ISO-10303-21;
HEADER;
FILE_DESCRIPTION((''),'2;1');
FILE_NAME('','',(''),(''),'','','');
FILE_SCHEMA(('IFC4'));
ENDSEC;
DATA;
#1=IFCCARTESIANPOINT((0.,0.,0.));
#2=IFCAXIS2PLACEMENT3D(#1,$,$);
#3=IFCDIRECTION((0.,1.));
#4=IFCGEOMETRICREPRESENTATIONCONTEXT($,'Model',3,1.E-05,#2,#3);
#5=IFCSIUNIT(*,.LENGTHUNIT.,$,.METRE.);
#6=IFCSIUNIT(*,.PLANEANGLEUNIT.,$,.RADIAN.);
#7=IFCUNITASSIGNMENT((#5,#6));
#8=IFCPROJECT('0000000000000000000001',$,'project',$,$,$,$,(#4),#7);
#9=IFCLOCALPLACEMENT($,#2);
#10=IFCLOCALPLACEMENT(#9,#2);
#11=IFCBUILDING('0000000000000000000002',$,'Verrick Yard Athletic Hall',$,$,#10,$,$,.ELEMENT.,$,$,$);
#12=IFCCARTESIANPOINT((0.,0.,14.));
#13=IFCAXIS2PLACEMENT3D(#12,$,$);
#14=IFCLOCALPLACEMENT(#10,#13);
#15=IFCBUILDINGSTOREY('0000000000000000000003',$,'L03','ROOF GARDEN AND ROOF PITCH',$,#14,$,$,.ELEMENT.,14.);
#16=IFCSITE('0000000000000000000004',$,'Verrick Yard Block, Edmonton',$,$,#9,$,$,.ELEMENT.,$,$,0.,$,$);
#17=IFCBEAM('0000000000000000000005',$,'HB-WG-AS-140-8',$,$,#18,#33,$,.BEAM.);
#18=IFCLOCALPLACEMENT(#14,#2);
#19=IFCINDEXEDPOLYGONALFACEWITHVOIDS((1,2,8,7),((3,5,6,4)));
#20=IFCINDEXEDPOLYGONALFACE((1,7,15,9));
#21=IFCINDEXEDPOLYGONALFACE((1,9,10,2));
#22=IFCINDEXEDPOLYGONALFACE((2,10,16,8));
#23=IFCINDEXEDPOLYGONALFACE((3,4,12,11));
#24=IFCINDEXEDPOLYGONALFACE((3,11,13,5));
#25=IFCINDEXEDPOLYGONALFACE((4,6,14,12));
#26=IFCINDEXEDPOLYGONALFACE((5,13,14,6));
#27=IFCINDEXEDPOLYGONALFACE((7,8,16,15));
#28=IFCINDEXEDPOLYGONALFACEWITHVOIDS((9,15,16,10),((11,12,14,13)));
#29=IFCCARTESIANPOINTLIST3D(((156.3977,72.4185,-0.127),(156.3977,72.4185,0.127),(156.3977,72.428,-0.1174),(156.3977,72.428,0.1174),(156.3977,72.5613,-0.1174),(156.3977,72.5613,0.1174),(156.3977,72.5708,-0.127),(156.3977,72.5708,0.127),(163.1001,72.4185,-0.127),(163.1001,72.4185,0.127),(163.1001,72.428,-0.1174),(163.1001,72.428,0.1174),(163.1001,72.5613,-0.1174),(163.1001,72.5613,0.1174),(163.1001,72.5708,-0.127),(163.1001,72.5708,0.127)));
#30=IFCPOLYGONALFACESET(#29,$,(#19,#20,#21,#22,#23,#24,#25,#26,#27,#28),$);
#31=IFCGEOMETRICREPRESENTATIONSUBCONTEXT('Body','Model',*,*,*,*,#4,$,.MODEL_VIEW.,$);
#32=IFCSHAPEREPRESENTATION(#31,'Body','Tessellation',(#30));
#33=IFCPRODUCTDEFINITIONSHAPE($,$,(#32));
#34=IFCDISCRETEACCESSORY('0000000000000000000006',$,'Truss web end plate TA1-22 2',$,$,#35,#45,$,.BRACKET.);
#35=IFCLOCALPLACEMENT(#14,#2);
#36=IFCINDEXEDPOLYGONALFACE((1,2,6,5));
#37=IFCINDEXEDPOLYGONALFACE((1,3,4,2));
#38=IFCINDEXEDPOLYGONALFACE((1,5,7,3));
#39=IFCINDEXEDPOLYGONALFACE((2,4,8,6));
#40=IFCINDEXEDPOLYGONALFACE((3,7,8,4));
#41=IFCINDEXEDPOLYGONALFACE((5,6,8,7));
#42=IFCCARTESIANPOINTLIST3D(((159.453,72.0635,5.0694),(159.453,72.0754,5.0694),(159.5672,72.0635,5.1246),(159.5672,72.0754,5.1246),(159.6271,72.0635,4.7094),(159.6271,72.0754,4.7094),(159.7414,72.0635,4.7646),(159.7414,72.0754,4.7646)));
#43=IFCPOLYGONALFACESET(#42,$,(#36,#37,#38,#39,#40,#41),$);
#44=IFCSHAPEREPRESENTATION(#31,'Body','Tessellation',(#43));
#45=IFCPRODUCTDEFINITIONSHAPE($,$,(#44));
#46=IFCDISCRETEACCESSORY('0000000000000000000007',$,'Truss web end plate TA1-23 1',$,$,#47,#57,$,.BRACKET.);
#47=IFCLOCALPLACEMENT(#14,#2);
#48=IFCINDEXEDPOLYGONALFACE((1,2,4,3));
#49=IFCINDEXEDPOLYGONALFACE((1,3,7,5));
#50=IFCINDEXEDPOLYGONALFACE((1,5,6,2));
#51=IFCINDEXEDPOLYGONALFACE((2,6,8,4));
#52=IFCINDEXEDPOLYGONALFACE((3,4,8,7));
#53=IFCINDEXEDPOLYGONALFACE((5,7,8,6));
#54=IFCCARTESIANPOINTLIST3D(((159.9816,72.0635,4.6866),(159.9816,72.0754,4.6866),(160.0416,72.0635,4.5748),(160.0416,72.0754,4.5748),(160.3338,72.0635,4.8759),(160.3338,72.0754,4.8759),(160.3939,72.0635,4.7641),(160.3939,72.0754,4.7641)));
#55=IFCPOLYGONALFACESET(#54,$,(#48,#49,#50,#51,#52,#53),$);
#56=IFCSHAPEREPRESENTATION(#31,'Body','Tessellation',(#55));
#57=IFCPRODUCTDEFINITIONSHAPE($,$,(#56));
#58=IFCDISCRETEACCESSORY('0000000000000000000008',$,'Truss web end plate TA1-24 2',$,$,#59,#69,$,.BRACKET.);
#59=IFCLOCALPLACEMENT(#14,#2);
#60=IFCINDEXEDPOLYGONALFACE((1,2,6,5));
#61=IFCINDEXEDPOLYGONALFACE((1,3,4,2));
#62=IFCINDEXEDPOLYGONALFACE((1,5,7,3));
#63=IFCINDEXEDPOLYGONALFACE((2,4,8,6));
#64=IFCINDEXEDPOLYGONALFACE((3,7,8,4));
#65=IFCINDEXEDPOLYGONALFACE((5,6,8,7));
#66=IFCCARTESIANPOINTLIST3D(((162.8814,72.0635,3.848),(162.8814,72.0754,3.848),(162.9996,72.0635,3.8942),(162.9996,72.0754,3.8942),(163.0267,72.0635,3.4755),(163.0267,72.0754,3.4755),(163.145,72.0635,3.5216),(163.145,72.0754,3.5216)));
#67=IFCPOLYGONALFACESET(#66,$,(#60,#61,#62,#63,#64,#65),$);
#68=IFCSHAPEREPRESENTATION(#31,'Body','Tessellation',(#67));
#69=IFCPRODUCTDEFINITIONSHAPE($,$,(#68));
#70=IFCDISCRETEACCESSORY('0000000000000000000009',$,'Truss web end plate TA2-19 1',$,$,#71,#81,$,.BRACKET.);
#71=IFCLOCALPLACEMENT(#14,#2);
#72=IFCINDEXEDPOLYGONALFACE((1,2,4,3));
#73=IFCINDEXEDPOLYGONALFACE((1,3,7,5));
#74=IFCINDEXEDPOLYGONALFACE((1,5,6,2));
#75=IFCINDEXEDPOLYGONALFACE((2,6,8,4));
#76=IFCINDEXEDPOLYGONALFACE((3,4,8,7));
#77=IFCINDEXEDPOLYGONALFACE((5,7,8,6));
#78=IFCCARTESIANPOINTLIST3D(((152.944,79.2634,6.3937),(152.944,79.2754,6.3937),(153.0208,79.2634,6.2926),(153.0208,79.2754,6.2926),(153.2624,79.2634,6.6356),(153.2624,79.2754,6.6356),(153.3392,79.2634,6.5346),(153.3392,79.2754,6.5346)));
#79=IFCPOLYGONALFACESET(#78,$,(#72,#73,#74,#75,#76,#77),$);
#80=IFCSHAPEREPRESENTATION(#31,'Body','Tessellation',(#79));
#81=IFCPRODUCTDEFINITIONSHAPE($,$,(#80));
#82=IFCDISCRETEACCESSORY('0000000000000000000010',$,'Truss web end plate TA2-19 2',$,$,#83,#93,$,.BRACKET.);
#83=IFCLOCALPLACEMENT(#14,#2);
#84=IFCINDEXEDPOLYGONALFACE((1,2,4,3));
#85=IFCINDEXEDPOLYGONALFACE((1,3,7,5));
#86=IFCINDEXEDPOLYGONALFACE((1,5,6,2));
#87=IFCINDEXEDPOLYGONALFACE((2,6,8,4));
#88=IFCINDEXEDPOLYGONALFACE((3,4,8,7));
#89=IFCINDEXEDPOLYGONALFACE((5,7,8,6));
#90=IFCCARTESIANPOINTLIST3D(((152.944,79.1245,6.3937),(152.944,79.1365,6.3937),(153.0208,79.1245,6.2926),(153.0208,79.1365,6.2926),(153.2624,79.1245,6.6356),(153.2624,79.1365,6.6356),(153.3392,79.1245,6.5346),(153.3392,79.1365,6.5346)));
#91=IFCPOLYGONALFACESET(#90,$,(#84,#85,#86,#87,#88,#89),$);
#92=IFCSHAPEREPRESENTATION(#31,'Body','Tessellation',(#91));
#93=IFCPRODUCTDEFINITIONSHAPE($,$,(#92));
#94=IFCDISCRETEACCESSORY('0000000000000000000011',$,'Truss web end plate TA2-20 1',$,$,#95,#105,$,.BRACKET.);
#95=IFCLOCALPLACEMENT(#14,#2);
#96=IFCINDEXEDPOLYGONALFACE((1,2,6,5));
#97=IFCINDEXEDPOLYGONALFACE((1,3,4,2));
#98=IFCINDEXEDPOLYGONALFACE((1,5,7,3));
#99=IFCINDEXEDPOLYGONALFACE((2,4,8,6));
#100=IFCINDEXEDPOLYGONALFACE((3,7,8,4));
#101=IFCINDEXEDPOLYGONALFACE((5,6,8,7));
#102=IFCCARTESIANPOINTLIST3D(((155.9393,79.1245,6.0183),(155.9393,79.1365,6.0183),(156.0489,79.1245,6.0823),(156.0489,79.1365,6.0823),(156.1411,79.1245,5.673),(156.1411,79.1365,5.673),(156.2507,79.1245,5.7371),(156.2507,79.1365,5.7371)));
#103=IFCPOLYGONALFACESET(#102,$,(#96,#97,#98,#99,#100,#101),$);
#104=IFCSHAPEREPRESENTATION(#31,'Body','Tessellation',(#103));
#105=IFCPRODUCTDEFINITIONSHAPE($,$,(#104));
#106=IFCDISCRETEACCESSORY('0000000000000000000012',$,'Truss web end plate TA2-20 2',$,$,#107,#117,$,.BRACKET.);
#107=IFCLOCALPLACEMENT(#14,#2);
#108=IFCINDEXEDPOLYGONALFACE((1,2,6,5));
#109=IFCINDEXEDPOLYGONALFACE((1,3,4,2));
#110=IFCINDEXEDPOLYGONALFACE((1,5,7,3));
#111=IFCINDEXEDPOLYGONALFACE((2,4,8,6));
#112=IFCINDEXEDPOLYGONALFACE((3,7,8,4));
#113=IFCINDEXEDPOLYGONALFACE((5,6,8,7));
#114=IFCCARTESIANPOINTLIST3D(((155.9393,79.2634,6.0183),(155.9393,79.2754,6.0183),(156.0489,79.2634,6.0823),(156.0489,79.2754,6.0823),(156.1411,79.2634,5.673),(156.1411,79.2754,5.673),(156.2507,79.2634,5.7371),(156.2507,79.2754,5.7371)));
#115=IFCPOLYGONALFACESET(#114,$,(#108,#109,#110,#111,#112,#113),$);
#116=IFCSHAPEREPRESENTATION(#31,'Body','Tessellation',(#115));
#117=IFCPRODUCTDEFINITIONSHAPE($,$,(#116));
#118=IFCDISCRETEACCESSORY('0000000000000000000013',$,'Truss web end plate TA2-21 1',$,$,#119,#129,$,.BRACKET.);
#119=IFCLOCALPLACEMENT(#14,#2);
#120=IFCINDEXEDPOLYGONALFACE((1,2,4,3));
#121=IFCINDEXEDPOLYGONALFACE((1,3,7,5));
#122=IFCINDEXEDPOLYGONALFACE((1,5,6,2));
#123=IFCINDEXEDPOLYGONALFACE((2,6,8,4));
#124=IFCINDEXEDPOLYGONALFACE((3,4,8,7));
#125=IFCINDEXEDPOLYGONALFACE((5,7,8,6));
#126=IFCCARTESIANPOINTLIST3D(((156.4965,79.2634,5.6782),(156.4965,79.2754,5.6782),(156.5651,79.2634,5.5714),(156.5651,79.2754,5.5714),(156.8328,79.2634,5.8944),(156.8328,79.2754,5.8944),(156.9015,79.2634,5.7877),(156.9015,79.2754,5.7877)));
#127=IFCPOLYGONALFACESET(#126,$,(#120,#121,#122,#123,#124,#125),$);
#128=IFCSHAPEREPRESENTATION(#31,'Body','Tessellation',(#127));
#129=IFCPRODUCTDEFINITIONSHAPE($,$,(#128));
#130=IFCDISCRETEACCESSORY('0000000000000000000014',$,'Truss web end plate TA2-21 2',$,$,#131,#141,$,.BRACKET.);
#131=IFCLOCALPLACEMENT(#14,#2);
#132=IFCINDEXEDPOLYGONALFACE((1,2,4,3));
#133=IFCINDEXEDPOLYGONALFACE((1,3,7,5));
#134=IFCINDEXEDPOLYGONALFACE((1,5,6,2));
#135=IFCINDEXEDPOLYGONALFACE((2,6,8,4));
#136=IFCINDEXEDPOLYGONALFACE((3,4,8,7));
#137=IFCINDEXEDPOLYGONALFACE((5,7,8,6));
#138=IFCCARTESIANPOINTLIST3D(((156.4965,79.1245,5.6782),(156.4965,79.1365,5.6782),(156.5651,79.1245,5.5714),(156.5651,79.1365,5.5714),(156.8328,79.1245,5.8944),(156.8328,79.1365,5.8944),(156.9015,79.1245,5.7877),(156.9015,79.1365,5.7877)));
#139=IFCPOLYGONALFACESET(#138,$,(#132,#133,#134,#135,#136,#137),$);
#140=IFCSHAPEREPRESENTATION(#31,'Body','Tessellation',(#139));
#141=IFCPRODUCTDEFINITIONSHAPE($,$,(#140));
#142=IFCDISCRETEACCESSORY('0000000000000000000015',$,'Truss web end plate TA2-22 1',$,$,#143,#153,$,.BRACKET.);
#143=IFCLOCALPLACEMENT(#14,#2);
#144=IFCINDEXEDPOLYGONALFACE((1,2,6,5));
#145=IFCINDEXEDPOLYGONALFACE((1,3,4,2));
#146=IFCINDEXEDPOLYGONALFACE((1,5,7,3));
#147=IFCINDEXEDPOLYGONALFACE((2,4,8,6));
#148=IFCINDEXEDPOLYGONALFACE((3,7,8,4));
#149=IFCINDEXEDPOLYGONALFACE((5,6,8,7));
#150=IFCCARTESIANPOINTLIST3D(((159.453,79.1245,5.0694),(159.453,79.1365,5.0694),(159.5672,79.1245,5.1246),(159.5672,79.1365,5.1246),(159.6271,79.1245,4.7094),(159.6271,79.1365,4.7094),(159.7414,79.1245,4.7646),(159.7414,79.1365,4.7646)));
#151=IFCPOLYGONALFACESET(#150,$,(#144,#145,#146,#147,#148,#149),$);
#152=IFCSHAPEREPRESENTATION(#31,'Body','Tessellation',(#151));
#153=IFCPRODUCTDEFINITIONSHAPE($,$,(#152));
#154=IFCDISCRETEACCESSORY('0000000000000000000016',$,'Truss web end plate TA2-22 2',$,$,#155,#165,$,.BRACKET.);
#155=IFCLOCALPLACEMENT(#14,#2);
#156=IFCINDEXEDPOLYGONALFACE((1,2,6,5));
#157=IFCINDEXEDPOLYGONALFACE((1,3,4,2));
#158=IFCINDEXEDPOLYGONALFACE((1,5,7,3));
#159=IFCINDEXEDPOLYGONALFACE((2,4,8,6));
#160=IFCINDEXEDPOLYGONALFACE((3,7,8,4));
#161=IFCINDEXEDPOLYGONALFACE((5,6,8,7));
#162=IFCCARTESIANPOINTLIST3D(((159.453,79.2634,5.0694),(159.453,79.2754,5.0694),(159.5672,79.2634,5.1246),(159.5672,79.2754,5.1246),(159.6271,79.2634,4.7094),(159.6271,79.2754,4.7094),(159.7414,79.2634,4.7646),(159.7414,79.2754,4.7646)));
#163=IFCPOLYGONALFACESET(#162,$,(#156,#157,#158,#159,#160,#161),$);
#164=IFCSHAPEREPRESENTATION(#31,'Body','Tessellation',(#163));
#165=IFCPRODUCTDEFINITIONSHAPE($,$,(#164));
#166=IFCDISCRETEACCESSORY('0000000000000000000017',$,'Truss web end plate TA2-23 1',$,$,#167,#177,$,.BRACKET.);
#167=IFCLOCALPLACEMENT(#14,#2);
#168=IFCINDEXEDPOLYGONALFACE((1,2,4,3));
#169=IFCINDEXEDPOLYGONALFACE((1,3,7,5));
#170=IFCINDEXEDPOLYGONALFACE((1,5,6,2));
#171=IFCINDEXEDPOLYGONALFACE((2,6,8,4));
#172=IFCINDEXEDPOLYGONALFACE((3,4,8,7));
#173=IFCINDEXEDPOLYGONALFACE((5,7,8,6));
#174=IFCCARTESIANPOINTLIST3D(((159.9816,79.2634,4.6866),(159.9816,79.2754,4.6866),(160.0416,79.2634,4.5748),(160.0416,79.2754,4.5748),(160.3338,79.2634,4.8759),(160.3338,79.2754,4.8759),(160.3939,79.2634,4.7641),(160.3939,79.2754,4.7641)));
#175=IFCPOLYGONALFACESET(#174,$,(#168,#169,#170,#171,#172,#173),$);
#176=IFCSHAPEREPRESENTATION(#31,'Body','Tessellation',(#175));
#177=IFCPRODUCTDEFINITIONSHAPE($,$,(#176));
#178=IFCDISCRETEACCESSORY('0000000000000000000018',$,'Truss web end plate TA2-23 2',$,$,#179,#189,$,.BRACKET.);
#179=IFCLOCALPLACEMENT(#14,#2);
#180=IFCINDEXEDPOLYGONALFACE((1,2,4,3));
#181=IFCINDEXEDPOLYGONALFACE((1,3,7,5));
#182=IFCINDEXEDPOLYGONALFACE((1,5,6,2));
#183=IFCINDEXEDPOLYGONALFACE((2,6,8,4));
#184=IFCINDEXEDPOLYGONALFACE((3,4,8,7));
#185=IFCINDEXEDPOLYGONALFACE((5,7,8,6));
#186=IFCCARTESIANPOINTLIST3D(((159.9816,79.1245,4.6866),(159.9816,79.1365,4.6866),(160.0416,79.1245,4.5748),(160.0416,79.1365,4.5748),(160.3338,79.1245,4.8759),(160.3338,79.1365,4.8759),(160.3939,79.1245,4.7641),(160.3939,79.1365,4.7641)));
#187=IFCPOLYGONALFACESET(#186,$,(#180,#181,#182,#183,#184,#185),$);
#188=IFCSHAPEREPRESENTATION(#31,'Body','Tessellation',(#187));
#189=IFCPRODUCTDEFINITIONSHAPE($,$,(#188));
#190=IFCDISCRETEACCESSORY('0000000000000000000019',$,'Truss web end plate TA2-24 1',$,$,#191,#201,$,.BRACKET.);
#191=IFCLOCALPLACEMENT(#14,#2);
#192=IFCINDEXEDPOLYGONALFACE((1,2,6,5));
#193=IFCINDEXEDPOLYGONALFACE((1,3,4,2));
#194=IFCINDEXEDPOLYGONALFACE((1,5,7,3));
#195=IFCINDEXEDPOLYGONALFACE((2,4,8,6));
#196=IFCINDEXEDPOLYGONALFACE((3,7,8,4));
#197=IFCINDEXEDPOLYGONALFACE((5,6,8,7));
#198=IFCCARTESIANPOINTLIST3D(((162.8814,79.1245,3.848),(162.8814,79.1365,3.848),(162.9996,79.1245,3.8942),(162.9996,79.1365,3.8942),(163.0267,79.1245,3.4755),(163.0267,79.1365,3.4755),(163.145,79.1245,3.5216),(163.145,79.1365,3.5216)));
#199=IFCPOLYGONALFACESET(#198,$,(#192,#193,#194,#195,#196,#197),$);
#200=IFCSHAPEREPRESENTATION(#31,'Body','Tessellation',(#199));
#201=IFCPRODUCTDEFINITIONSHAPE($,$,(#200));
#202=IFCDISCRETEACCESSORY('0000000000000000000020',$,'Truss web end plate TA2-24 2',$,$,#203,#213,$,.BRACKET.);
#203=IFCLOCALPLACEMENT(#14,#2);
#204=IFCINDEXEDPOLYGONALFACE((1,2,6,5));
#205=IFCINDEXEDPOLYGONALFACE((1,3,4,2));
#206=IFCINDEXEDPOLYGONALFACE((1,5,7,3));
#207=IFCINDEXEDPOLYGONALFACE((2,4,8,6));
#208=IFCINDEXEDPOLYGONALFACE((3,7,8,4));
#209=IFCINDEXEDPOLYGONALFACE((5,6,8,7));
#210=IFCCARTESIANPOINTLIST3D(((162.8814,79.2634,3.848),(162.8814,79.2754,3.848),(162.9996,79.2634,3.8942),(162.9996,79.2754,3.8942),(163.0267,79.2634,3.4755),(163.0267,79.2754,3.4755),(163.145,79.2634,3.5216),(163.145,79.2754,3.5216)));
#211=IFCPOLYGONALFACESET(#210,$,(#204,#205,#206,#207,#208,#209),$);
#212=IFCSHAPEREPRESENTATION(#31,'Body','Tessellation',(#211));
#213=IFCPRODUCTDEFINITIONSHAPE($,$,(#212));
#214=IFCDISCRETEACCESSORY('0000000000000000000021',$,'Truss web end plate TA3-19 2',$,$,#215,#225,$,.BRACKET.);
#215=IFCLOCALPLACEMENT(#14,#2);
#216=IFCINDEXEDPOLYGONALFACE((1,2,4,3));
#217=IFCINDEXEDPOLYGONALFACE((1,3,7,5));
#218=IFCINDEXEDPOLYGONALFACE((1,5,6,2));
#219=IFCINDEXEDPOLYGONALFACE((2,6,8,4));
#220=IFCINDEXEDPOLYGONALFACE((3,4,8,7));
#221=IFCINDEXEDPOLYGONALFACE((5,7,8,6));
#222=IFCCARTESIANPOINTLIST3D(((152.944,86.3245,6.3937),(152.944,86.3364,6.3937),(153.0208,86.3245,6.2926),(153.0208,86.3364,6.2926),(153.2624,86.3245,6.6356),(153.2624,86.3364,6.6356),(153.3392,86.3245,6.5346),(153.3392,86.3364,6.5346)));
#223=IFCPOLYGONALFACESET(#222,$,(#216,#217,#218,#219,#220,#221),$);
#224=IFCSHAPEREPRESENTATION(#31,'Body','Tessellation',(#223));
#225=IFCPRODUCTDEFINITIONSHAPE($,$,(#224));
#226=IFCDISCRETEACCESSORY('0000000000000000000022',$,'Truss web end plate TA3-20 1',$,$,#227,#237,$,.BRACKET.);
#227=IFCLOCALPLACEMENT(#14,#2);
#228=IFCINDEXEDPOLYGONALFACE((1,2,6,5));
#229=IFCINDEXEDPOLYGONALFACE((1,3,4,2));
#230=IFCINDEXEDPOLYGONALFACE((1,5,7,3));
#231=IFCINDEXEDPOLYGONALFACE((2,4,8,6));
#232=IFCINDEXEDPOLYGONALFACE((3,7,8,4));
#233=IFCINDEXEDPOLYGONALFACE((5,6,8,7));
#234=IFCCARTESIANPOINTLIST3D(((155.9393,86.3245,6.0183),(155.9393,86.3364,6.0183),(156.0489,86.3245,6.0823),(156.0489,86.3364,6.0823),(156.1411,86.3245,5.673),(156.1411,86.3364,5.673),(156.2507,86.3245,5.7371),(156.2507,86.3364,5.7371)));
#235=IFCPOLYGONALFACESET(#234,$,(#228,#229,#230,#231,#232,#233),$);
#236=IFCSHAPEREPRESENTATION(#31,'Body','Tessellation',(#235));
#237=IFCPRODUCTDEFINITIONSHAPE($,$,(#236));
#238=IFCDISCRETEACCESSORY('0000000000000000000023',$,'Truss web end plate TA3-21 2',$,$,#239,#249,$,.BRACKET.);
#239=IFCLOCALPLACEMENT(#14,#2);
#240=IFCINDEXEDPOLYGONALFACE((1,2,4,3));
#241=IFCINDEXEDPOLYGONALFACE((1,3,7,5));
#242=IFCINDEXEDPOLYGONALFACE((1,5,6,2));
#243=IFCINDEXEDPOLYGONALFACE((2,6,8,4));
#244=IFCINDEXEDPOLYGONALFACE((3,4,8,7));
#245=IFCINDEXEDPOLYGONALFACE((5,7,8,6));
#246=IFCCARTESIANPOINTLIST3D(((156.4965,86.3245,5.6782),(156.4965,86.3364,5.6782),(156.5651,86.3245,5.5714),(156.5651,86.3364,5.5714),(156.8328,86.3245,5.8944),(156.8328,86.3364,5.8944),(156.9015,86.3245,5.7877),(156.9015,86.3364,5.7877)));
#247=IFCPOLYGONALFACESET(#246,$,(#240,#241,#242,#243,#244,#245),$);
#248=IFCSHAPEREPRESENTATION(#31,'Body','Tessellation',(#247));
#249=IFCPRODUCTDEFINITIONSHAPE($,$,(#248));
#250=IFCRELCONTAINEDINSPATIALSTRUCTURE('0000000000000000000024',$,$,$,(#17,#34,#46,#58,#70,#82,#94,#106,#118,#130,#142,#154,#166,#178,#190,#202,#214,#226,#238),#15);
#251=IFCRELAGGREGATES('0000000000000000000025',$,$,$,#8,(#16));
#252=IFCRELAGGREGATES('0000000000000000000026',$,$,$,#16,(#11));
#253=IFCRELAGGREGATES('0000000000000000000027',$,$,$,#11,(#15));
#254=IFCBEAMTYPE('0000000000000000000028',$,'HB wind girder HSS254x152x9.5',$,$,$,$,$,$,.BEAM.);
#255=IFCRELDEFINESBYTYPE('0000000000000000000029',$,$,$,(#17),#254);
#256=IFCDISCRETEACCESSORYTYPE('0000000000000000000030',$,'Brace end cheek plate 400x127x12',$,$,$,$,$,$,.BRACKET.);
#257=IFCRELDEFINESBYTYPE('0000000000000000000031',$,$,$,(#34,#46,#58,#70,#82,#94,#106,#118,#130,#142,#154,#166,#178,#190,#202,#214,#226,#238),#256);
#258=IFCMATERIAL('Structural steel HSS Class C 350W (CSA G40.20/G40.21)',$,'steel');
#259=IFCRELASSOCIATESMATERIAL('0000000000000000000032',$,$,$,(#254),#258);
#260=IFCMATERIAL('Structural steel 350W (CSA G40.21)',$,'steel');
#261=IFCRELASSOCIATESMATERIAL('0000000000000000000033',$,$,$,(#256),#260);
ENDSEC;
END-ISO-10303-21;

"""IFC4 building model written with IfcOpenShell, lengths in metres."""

from ifc_helpers import new_model, si_unit, direction, frame, origin, origin_2d, place, context, subcontext, project, spatial, rectangle, hollow_rectangle, extrude, material, material_profile, profile_set, type_object, element, save


model = new_model("IFC4")

# Units and contexts
model_context = context("Model", 3, precision=1e-05, world=origin(), true_north=direction((0.0, 1.0)))
body_context = subcontext(model_context, "Body", "Model", "MODEL_VIEW")
ifc_project = project(units=[si_unit("LENGTHUNIT", "METRE"), si_unit("PLANEANGLEUNIT", "RADIAN")], contexts=[model_context])

# Site, building, storey
site_placement = place(None, origin())
site = spatial("IfcSite", under=ifc_project, at=site_placement, Name="Verrick Yard Block, Edmonton", CompositionType="ELEMENT", RefElevation=0.0)
building_placement = place(site_placement, origin())
building = spatial("IfcBuilding", under=site, at=building_placement, Name="Verrick Yard Athletic Hall", CompositionType="ELEMENT")
storey_placement = place(building_placement, frame((0.0, 0.0, 14.0)))
storey = spatial("IfcBuildingStorey", under=building, at=storey_placement, Name="L03", Description="ROOF GARDEN AND ROOF PITCH", CompositionType="ELEMENT", Elevation=14.0)

# Shared definitions
ifc_material_1 = material(Name="Structural steel HSS Class C 350W (CSA G40.20/G40.21)", Category="steel")

# Beam
ifc_material_profile_1 = material_profile(ifc_material_1, hollow_rectangle(XDim=0.1523, YDim=0.2539, WallThickness=0.0095, at=origin_2d()), Name="HSS254x152x9.5")
ifc_profile_set_1 = profile_set([ifc_material_profile_1], Name="Structural steel HSS Class C 350W (CSA G40.20/G40.21)")
beam_type = type_object("IfcBeamType", Name="HB wind girder HSS254x152x9.5", PredefinedType="BEAM", material=ifc_profile_set_1)
beam_placement = place(storey_placement, frame((156.3977, 72.4946, 0.0), z_axis=(1.0, 0.0, 0.0), x_axis=(0.0, 1.0, 0.0)))
element("IfcBeam", 1, at=beam_placement, inside=storey, type_object=beam_type, Name="HB-WG-AS-140-8", PredefinedType="BEAM", context=body_context, shape_type="SweptSolid", body=[
    extrude(hollow_rectangle(XDim=0.1523, YDim=0.2539, WallThickness=0.0095, at=origin_2d()), origin(), (0.0, 0.0, 1.0), 6.7024),
])

# Discrete accessories
ifc_material_2 = material(Name="Structural steel 350W (CSA G40.21)", Category="steel")
ifc_material_profile_2 = material_profile(ifc_material_2, rectangle(XDim=0.3999, YDim=0.127, at=origin_2d()), Name="Brace end cheek plate")
ifc_profile_set_2 = profile_set([ifc_material_profile_2], Name="Structural steel 350W (CSA G40.21)")
discrete_accessory_type_1 = type_object("IfcDiscreteAccessoryType", Name="Brace end cheek plate 400x127x12", PredefinedType="BRACKET", material=ifc_profile_set_2)
for number, where, z_axis, x_axis, name in (
    (2, (159.5972, 72.0635, 4.917), (0.0, 1.0, 0.0), (-0.435417, 0.0, 0.900229), "Truss web end plate TA1-22 2"),
    (3, (160.1877, 72.0635, 4.7253), (0.0, 1.0, 0.0), (0.88092, 0.0, 0.473265), "Truss web end plate TA1-23 1"),
    (4, (163.0132, 72.0635, 3.6848), (0.0, 1.0, 0.0), (-0.363563, 0.0, 0.93157), "Truss web end plate TA1-24 2"),
    (5, (153.1416, 79.2634, 6.4641), (0.0, 1.0, 0.0), (0.796193, 0.0, 0.605042), "Truss web end plate TA2-19 1"),
    (6, (153.1416, 79.1365, 6.4641), (0.0, -1.0, 0.0), (0.796193, 0.0, 0.605042), "Truss web end plate TA2-19 2"),
    (7, (156.095, 79.1365, 5.8777), (0.0, -1.0, 0.0), (-0.504597, 0.0, 0.863355), "Truss web end plate TA2-20 1"),
    (8, (156.095, 79.2634, 5.8777), (0.0, 1.0, 0.0), (-0.504597, 0.0, 0.863355), "Truss web end plate TA2-20 2"),
    (9, (156.699, 79.2634, 5.7329), (0.0, 1.0, 0.0), (0.841141, 0.0, 0.540816), "Truss web end plate TA2-21 1"),
    (10, (156.699, 79.1365, 5.7329), (0.0, -1.0, 0.0), (0.841141, 0.0, 0.540816), "Truss web end plate TA2-21 2"),
    (11, (159.5972, 79.1365, 4.917), (0.0, -1.0, 0.0), (-0.435417, 0.0, 0.900229), "Truss web end plate TA2-22 1"),
    (12, (159.5972, 79.2634, 4.917), (0.0, 1.0, 0.0), (-0.435417, 0.0, 0.900229), "Truss web end plate TA2-22 2"),
    (13, (160.1877, 79.2634, 4.7253), (0.0, 1.0, 0.0), (0.88092, 0.0, 0.473265), "Truss web end plate TA2-23 1"),
    (14, (160.1877, 79.1365, 4.7253), (0.0, -1.0, 0.0), (0.88092, 0.0, 0.473265), "Truss web end plate TA2-23 2"),
    (15, (163.0132, 79.1365, 3.6848), (0.0, -1.0, 0.0), (-0.363563, 0.0, 0.93157), "Truss web end plate TA2-24 1"),
    (16, (163.0132, 79.2634, 3.6848), (0.0, 1.0, 0.0), (-0.363563, 0.0, 0.93157), "Truss web end plate TA2-24 2"),
    (17, (153.1416, 86.3364, 6.4641), (0.0, -1.0, 0.0), (0.796193, 0.0, 0.605042), "Truss web end plate TA3-19 2"),
    (18, (156.095, 86.3364, 5.8777), (0.0, -1.0, 0.0), (-0.504597, 0.0, 0.863355), "Truss web end plate TA3-20 1"),
    (19, (156.699, 86.3364, 5.7329), (0.0, -1.0, 0.0), (0.841141, 0.0, 0.540816), "Truss web end plate TA3-21 2"),
):
    element("IfcDiscreteAccessory", number, at=place(storey_placement, frame(where, z_axis=z_axis, x_axis=x_axis)), inside=storey, type_object=discrete_accessory_type_1, Name=name, PredefinedType="BRACKET", context=body_context, shape_type="SweptSolid", body=[
        extrude(rectangle(XDim=0.3999, YDim=0.127, at=origin_2d()), origin(), (0.0, 0.0, 1.0), 0.012),
    ])

save(model, "model.ifc")
